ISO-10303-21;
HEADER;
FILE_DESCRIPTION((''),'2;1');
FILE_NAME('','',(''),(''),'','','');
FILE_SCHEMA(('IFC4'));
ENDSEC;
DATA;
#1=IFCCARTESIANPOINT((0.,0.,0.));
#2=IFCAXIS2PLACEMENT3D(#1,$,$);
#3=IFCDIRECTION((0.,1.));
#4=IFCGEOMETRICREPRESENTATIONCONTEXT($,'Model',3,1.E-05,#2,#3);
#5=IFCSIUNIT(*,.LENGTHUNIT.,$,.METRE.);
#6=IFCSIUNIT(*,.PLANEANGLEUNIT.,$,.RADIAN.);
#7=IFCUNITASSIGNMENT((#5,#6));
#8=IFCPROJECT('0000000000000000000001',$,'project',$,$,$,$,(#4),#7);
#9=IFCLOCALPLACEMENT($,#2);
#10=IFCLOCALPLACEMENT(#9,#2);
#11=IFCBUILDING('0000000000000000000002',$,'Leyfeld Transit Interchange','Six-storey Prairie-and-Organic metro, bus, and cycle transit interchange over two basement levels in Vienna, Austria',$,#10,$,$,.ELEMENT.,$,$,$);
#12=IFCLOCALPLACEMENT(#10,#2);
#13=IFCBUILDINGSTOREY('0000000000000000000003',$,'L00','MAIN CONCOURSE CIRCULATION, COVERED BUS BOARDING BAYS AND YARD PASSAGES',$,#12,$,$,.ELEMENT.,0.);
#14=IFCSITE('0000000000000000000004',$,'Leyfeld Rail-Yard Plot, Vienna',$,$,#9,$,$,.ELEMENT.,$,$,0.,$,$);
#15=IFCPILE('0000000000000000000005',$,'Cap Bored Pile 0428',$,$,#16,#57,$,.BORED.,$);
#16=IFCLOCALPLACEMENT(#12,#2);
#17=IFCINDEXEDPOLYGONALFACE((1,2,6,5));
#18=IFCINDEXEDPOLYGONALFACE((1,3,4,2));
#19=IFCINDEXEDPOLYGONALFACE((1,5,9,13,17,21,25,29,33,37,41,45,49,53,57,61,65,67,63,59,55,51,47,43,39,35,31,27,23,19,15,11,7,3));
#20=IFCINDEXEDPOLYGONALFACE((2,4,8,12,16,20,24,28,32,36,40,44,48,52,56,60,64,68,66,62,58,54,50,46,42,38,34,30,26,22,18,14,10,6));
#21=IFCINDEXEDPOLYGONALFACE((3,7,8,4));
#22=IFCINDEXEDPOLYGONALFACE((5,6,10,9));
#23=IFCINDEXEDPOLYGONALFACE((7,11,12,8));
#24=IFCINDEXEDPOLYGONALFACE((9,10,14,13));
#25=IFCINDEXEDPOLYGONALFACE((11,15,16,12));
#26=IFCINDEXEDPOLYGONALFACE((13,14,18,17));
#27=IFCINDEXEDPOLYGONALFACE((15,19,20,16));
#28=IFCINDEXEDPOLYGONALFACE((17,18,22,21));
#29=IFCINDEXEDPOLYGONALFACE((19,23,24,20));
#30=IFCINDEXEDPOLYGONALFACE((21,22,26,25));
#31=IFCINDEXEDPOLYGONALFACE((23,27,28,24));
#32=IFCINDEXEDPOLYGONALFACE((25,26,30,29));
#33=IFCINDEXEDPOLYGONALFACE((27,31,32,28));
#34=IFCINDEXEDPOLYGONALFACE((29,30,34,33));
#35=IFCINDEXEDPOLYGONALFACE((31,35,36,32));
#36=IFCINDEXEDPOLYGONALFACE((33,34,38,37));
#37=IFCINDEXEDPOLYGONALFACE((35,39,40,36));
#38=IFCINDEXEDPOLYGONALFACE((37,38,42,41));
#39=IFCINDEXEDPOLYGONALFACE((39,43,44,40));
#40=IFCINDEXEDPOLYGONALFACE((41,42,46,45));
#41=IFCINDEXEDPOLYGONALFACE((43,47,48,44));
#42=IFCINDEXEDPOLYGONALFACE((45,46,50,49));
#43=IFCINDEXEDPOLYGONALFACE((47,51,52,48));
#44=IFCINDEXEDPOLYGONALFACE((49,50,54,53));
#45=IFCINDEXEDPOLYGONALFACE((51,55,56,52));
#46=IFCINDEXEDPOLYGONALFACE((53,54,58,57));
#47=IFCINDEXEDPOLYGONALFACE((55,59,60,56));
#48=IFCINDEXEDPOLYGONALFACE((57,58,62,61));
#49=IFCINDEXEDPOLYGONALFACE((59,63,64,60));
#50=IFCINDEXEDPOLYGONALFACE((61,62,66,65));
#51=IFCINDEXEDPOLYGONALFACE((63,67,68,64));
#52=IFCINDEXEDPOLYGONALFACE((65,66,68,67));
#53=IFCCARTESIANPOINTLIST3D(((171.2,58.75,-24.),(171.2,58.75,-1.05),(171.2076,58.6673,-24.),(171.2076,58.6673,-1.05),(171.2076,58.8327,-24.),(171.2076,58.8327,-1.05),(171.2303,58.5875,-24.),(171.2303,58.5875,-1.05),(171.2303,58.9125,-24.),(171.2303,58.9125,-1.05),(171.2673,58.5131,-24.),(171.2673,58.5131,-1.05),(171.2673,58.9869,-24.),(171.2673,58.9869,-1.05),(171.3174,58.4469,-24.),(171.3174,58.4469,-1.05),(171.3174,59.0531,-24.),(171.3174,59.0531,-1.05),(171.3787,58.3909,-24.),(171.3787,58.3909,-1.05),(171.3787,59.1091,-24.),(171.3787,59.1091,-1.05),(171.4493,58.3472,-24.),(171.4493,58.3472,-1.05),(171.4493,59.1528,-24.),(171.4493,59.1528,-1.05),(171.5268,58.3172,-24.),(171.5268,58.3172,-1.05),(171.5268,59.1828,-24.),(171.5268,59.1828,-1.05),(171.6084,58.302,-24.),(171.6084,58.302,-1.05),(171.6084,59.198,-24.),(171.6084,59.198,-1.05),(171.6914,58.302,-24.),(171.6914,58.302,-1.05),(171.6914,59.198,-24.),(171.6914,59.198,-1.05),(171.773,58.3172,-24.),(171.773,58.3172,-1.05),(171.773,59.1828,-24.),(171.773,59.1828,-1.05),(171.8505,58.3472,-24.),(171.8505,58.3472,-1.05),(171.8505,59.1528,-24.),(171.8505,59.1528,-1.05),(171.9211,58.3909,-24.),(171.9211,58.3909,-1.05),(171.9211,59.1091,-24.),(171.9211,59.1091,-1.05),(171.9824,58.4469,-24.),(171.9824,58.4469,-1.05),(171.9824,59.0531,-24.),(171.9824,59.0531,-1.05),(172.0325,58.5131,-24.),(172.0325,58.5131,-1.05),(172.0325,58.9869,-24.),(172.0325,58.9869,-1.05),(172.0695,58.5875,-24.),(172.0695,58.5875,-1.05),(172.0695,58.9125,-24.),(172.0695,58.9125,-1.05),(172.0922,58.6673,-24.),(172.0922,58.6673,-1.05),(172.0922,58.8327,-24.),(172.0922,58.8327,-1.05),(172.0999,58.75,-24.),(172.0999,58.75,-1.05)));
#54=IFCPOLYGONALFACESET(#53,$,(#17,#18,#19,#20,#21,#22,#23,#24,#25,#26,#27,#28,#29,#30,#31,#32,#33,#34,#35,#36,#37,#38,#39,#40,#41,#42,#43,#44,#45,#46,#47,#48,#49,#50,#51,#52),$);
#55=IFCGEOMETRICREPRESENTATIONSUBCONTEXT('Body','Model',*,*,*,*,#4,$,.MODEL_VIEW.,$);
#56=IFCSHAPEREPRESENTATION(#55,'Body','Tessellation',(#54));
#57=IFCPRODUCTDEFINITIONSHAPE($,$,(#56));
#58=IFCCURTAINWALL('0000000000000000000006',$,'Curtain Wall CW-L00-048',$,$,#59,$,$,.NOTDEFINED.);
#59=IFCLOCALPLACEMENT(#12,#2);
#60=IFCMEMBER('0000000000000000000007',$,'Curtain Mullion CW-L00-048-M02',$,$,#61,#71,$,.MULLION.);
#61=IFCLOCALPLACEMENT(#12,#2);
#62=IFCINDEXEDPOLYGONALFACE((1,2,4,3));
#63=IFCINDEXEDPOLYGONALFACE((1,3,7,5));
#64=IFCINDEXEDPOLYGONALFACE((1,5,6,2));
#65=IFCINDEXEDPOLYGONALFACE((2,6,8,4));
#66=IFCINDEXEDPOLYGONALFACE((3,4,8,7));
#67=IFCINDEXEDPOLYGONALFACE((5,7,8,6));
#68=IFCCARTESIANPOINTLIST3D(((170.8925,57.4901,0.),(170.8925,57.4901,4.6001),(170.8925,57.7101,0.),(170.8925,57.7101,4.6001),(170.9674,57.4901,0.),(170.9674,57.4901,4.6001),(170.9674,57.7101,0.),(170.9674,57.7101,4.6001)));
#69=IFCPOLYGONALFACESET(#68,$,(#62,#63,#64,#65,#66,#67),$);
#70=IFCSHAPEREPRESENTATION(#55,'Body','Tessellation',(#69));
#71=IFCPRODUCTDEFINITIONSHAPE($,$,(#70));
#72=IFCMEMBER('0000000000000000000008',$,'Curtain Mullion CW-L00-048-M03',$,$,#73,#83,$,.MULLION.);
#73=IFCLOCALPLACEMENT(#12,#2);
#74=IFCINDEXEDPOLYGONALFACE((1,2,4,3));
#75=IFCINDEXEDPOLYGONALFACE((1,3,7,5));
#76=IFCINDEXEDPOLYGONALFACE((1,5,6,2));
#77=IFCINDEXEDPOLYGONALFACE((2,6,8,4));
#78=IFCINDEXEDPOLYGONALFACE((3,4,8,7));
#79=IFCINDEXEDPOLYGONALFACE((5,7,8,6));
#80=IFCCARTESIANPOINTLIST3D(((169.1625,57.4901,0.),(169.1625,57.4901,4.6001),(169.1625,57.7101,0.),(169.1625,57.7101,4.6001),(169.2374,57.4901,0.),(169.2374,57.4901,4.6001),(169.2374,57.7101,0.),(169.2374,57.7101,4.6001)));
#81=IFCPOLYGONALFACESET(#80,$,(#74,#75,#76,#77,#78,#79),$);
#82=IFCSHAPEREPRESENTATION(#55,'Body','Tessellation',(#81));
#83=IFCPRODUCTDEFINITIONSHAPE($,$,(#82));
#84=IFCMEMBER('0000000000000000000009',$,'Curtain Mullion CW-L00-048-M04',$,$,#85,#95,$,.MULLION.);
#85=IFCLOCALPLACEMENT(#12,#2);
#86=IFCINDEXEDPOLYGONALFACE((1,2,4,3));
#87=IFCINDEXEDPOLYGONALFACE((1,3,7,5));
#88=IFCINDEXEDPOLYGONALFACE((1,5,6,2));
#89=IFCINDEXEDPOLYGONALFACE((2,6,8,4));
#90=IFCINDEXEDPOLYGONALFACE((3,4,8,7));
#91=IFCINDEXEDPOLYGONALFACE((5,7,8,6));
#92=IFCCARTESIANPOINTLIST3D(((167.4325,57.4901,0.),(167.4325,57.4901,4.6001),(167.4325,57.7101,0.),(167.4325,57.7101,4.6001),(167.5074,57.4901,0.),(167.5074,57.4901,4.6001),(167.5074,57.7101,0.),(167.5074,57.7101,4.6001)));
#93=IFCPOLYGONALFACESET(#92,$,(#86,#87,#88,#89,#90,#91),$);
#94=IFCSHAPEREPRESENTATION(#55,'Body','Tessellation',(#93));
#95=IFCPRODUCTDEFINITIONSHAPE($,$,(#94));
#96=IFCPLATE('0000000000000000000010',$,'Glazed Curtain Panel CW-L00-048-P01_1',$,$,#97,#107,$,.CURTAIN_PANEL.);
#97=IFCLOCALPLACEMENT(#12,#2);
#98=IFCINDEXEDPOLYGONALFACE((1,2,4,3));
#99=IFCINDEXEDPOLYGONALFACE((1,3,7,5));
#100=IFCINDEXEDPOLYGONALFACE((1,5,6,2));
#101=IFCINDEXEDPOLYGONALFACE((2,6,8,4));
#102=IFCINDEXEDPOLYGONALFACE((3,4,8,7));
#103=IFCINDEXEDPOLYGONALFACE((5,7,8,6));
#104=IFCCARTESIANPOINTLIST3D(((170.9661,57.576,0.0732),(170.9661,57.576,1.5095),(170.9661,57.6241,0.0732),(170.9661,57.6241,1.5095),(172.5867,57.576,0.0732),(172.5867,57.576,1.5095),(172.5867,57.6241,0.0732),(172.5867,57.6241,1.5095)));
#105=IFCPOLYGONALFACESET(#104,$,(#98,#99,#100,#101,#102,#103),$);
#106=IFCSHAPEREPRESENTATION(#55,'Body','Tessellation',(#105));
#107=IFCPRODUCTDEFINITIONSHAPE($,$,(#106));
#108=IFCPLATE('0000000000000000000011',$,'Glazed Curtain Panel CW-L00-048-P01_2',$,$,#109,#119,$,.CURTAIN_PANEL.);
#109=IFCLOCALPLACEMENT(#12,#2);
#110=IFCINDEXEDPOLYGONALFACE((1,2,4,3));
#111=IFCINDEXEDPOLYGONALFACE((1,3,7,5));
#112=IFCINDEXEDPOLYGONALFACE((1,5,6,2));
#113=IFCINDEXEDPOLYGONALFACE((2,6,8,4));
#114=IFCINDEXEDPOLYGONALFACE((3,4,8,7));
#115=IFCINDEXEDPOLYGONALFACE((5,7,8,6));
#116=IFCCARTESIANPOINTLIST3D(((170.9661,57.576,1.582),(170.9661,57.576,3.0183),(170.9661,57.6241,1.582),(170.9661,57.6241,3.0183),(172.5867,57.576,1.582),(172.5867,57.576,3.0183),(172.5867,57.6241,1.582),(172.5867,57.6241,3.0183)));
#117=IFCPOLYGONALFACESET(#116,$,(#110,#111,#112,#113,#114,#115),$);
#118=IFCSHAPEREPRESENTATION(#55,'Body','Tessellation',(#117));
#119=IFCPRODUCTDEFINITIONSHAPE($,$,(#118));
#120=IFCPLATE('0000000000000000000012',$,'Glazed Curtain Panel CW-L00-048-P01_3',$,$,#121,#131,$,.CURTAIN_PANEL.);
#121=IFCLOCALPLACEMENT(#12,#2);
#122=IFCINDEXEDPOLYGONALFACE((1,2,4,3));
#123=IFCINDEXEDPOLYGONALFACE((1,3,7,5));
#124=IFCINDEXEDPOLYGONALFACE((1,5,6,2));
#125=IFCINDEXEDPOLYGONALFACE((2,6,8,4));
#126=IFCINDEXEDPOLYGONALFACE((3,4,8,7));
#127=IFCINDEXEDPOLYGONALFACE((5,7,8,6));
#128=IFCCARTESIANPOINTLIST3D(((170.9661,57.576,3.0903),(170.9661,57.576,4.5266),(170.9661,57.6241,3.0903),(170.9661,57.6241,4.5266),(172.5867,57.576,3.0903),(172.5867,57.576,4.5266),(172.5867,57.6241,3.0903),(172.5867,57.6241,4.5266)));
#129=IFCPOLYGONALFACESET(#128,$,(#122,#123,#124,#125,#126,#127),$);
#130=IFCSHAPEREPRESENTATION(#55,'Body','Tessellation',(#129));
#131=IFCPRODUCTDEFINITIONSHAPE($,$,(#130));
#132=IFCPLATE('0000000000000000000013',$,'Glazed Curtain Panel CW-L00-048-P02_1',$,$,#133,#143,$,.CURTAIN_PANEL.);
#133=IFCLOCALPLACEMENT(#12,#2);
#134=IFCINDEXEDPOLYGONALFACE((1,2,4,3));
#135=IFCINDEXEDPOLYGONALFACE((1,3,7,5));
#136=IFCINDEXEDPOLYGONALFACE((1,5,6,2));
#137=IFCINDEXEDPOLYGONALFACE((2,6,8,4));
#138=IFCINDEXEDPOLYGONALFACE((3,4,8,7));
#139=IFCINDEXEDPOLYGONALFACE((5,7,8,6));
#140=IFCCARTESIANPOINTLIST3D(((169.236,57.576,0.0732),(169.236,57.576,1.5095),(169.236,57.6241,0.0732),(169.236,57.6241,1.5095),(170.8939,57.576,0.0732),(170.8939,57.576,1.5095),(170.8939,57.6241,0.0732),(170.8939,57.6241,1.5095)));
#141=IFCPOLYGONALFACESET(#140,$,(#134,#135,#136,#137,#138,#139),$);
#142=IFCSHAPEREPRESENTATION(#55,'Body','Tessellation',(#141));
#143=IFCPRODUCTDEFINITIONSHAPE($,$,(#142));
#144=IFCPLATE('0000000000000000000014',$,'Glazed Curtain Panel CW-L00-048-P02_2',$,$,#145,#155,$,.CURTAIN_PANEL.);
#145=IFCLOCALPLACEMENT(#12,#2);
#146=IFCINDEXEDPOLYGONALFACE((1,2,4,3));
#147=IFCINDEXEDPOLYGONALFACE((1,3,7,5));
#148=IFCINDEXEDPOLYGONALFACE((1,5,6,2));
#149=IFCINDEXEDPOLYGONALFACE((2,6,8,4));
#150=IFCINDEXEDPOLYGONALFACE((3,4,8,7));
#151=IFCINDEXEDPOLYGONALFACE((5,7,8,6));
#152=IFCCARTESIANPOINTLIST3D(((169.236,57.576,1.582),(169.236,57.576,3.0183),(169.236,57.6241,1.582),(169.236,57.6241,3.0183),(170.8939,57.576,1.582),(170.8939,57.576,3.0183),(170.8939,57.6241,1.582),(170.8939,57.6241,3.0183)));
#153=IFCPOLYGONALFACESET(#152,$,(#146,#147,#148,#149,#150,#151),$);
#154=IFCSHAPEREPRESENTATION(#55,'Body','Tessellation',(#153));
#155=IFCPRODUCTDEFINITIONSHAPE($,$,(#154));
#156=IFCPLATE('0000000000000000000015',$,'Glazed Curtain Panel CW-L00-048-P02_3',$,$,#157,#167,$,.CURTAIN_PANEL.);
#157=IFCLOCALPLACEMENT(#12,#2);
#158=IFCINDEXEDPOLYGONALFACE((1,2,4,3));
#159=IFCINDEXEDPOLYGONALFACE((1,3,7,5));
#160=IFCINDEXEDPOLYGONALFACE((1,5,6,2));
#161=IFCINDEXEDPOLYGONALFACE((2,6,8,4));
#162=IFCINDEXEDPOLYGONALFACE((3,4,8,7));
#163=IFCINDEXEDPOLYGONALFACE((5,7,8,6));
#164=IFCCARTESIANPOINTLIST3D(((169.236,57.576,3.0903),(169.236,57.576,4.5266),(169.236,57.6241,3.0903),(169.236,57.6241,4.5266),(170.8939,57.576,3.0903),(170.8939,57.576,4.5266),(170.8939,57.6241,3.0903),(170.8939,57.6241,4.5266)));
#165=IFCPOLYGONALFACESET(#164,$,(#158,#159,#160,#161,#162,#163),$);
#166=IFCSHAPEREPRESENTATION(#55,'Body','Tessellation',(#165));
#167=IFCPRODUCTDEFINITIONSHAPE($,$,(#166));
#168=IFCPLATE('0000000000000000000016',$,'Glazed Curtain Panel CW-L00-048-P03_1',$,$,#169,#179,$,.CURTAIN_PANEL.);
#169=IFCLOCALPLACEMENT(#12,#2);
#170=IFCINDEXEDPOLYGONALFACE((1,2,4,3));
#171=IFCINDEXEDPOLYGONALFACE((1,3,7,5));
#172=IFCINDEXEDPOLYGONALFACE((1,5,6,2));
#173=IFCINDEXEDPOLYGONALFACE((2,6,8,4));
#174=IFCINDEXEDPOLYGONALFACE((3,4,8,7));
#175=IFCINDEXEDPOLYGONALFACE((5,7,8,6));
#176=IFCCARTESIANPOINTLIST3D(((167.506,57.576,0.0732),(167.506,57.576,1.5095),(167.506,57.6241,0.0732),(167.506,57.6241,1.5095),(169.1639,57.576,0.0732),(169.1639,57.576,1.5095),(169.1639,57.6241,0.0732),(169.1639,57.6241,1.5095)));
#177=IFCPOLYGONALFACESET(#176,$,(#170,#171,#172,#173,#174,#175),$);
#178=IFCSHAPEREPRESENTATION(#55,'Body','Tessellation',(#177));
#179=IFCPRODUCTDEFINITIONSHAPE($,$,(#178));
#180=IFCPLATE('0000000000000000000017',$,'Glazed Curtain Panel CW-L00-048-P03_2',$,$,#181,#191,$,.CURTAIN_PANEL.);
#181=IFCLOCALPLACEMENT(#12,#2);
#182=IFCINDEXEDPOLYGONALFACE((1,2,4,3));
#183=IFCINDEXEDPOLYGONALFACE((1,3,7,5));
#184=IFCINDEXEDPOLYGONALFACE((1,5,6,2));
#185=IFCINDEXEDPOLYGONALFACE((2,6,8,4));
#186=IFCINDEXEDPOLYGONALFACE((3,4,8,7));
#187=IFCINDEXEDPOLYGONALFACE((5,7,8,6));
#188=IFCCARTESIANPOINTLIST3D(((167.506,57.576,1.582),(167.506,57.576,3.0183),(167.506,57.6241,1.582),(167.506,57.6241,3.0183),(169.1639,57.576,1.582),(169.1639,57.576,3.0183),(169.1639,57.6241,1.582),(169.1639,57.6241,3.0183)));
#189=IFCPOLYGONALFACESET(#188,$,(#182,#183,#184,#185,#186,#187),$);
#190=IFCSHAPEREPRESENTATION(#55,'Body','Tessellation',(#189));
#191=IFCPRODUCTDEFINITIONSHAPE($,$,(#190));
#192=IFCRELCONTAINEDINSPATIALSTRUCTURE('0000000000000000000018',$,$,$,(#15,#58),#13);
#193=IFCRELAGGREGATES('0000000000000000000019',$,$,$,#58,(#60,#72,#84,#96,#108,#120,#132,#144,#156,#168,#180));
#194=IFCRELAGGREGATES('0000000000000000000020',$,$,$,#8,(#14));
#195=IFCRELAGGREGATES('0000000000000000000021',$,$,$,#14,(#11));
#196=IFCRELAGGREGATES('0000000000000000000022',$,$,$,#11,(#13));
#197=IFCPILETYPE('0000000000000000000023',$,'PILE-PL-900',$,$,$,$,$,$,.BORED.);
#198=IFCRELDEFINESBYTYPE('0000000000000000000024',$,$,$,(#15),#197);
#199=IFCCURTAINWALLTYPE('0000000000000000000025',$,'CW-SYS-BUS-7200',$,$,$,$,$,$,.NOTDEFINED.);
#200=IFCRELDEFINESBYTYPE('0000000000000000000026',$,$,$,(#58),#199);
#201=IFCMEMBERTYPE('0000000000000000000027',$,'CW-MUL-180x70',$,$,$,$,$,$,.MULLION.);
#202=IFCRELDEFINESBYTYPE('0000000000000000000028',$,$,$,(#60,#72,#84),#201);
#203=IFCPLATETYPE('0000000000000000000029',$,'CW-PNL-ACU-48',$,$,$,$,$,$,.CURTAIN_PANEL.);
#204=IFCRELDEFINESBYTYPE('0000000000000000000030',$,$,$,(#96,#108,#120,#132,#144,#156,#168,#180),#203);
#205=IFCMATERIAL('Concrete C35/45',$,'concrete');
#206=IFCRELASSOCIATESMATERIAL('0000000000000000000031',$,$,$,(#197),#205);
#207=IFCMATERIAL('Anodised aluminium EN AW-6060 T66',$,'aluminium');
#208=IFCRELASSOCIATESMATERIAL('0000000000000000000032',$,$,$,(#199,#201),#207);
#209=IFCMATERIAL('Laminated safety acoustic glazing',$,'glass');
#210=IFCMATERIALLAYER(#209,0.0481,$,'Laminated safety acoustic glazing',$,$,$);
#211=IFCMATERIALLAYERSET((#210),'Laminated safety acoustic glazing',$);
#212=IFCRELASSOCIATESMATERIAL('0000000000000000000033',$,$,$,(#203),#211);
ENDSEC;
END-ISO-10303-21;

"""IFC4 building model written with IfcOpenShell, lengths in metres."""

from ifc_helpers import new_model, si_unit, direction, frame, origin, origin_2d, place, context, subcontext, project, spatial, rectangle, circle, extrude, material, layer, layer_set, material_profile, profile_set, type_object, element, aggregate, save


model = new_model("IFC4")

# Units and contexts
model_context = context("Model", 3, precision=1e-05, world=origin(), true_north=direction((0.0, 1.0)))
body_context = subcontext(model_context, "Body", "Model", "MODEL_VIEW")
ifc_project = project(units=[si_unit("LENGTHUNIT", "METRE"), si_unit("PLANEANGLEUNIT", "RADIAN")], contexts=[model_context])

# Site, building, storey
site_placement = place(None, origin())
site = spatial("IfcSite", under=ifc_project, at=site_placement, Name="Leyfeld Rail-Yard Plot, Vienna", CompositionType="ELEMENT", RefElevation=0.0)
building_placement = place(site_placement, origin())
building = spatial("IfcBuilding", under=site, at=building_placement, Name="Leyfeld Transit Interchange", Description="Six-storey Prairie-and-Organic metro, bus, and cycle transit interchange over two basement levels in Vienna, Austria", CompositionType="ELEMENT")
storey_placement = place(building_placement, origin())
storey = spatial("IfcBuildingStorey", under=building, at=storey_placement, Name="L00", Description="MAIN CONCOURSE CIRCULATION, COVERED BUS BOARDING BAYS AND YARD PASSAGES", CompositionType="ELEMENT", Elevation=0.0)

# Shared definitions
ifc_material_1 = material(Name="Concrete C35/45", Category="concrete")

# Pile
ifc_material_profile_1 = material_profile(ifc_material_1, circle(Radius=0.45, at=origin_2d()), Name="PILE D900")
ifc_profile_set_1 = profile_set([ifc_material_profile_1], Name="Concrete C35/45")
pile_type = type_object("IfcPileType", Name="PILE-PL-900", PredefinedType="BORED", material=ifc_profile_set_1)
for number, where, z_axis, x_axis, name in (
    (1, (171.6499, 58.75, -1.05), (0.0, 0.0, -1.0), (1.0, 0.0, 0.0), "Cap Bored Pile 0428"),
):
    element("IfcPile", number, at=place(storey_placement, frame(where, z_axis=z_axis, x_axis=x_axis)), inside=storey, type_object=pile_type, Name=name, PredefinedType="BORED", context=body_context, shape_type="SweptSolid", body=[
        extrude(circle(Radius=0.45, at=origin_2d()), origin(), (0.0, 0.0, 1.0), 22.95),
    ])

# Curtain wall, members, plates
ifc_material_2 = material(Name="Anodised aluminium EN AW-6060 T66", Category="aluminium")
curtain_wall_type = type_object("IfcCurtainWallType", Name="CW-SYS-BUS-7200", PredefinedType="NOTDEFINED", material=ifc_material_2)
curtain_wall_placement = place(storey_placement, origin())
curtain_wall = element("IfcCurtainWall", 2, at=curtain_wall_placement, inside=storey, type_object=curtain_wall_type, Name="Curtain Wall CW-L00-048", PredefinedType="NOTDEFINED")
ifc_material_profile_2 = material_profile(ifc_material_2, rectangle(XDim=0.075, YDim=0.22, at=origin_2d()), Name="CW-M 75x220")
ifc_profile_set_2 = profile_set([ifc_material_profile_2], Name="Anodised aluminium EN AW-6060 T66")
member_type = type_object("IfcMemberType", Name="CW-MUL-180x70", PredefinedType="MULLION", material=ifc_profile_set_2)
member_1_placement = place(storey_placement, frame((170.9299, 57.6001, 0.0), z_axis=(0.0, 0.0, 1.0), x_axis=(-1.0, 0.0, 0.0)))
member_1 = element("IfcMember", 3, at=member_1_placement, type_object=member_type, Name="Curtain Mullion CW-L00-048-M02", PredefinedType="MULLION", context=body_context, shape_type="SweptSolid", body=[
    extrude(rectangle(XDim=0.075, YDim=0.22, at=origin_2d()), origin(), (0.0, 0.0, 1.0), 4.6001),
])
member_2_placement = place(storey_placement, frame((169.2, 57.6001, 0.0), z_axis=(0.0, 0.0, 1.0), x_axis=(-1.0, 0.0, 0.0)))
member_2 = element("IfcMember", 4, at=member_2_placement, type_object=member_type, Name="Curtain Mullion CW-L00-048-M03", PredefinedType="MULLION", context=body_context, shape_type="SweptSolid", body=[
    extrude(rectangle(XDim=0.075, YDim=0.22, at=origin_2d()), origin(), (0.0, 0.0, 1.0), 4.6001),
])
member_3_placement = place(storey_placement, frame((167.47, 57.6001, 0.0), z_axis=(0.0, 0.0, 1.0), x_axis=(-1.0, 0.0, 0.0)))
member_3 = element("IfcMember", 5, at=member_3_placement, type_object=member_type, Name="Curtain Mullion CW-L00-048-M04", PredefinedType="MULLION", context=body_context, shape_type="SweptSolid", body=[
    extrude(rectangle(XDim=0.075, YDim=0.22, at=origin_2d()), origin(), (0.0, 0.0, 1.0), 4.6001),
])
ifc_material_3 = material(Name="Laminated safety acoustic glazing", Category="glass")
ifc_layer = layer(ifc_material_3, 0.0481, Name="Laminated safety acoustic glazing")
ifc_layer_set = layer_set([ifc_layer], Name="Laminated safety acoustic glazing")
plate_type = type_object("IfcPlateType", Name="CW-PNL-ACU-48", PredefinedType="CURTAIN_PANEL", material=ifc_layer_set)
plate_1_placement = place(storey_placement, frame((171.7764, 57.6001, 0.0732), z_axis=(0.0, 0.0, 1.0), x_axis=(-1.0, 0.0, 0.0)))
plate_1 = element("IfcPlate", 6, at=plate_1_placement, type_object=plate_type, Name="Glazed Curtain Panel CW-L00-048-P01_1", PredefinedType="CURTAIN_PANEL", context=body_context, shape_type="SweptSolid", body=[
    extrude(rectangle(XDim=1.6206, YDim=0.0481, at=origin_2d()), origin(), (0.0, 0.0, 1.0), 1.4363),
])
plate_2_placement = place(storey_placement, frame((171.7764, 57.6001, 1.582), z_axis=(0.0, 0.0, 1.0), x_axis=(-1.0, 0.0, 0.0)))
plate_2 = element("IfcPlate", 7, at=plate_2_placement, type_object=plate_type, Name="Glazed Curtain Panel CW-L00-048-P01_2", PredefinedType="CURTAIN_PANEL", context=body_context, shape_type="SweptSolid", body=[
    extrude(rectangle(XDim=1.6206, YDim=0.0481, at=origin_2d()), origin(), (0.0, 0.0, 1.0), 1.4363),
])
plate_3_placement = place(storey_placement, frame((171.7764, 57.6001, 3.0903), z_axis=(0.0, 0.0, 1.0), x_axis=(-1.0, 0.0, 0.0)))
plate_3 = element("IfcPlate", 8, at=plate_3_placement, type_object=plate_type, Name="Glazed Curtain Panel CW-L00-048-P01_3", PredefinedType="CURTAIN_PANEL", context=body_context, shape_type="SweptSolid", body=[
    extrude(rectangle(XDim=1.6206, YDim=0.0481, at=origin_2d()), origin(), (0.0, 0.0, 1.0), 1.4363),
])
plate_4_placement = place(storey_placement, frame((170.0649, 57.6001, 0.0732), z_axis=(0.0, 0.0, 1.0), x_axis=(-1.0, 0.0, 0.0)))
plate_4 = element("IfcPlate", 9, at=plate_4_placement, type_object=plate_type, Name="Glazed Curtain Panel CW-L00-048-P02_1", PredefinedType="CURTAIN_PANEL", context=body_context, shape_type="SweptSolid", body=[
    extrude(rectangle(XDim=1.658, YDim=0.0481, at=origin_2d()), origin(), (0.0, 0.0, 1.0), 1.4363),
])
plate_5_placement = place(storey_placement, frame((170.0649, 57.6001, 1.582), z_axis=(0.0, 0.0, 1.0), x_axis=(-1.0, 0.0, 0.0)))
plate_5 = element("IfcPlate", 10, at=plate_5_placement, type_object=plate_type, Name="Glazed Curtain Panel CW-L00-048-P02_2", PredefinedType="CURTAIN_PANEL", context=body_context, shape_type="SweptSolid", body=[
    extrude(rectangle(XDim=1.658, YDim=0.0481, at=origin_2d()), origin(), (0.0, 0.0, 1.0), 1.4363),
])
plate_6_placement = place(storey_placement, frame((170.0649, 57.6001, 3.0903), z_axis=(0.0, 0.0, 1.0), x_axis=(-1.0, 0.0, 0.0)))
plate_6 = element("IfcPlate", 11, at=plate_6_placement, type_object=plate_type, Name="Glazed Curtain Panel CW-L00-048-P02_3", PredefinedType="CURTAIN_PANEL", context=body_context, shape_type="SweptSolid", body=[
    extrude(rectangle(XDim=1.658, YDim=0.0481, at=origin_2d()), origin(), (0.0, 0.0, 1.0), 1.4363),
])
plate_7_placement = place(storey_placement, frame((168.335, 57.6001, 0.0732), z_axis=(0.0, 0.0, 1.0), x_axis=(-1.0, 0.0, 0.0)))
plate_7 = element("IfcPlate", 12, at=plate_7_placement, type_object=plate_type, Name="Glazed Curtain Panel CW-L00-048-P03_1", PredefinedType="CURTAIN_PANEL", context=body_context, shape_type="SweptSolid", body=[
    extrude(rectangle(XDim=1.658, YDim=0.0481, at=origin_2d()), origin(), (0.0, 0.0, 1.0), 1.4363),
])
plate_8_placement = place(storey_placement, frame((168.335, 57.6001, 1.582), z_axis=(0.0, 0.0, 1.0), x_axis=(-1.0, 0.0, 0.0)))
plate_8 = element("IfcPlate", 13, at=plate_8_placement, type_object=plate_type, Name="Glazed Curtain Panel CW-L00-048-P03_2", PredefinedType="CURTAIN_PANEL", context=body_context, shape_type="SweptSolid", body=[
    extrude(rectangle(XDim=1.658, YDim=0.0481, at=origin_2d()), origin(), (0.0, 0.0, 1.0), 1.4363),
])
aggregate(curtain_wall, [member_1, member_2, member_3, plate_1, plate_2, plate_3, plate_4, plate_5, plate_6, plate_7, plate_8])

save(model, "model.ifc")
